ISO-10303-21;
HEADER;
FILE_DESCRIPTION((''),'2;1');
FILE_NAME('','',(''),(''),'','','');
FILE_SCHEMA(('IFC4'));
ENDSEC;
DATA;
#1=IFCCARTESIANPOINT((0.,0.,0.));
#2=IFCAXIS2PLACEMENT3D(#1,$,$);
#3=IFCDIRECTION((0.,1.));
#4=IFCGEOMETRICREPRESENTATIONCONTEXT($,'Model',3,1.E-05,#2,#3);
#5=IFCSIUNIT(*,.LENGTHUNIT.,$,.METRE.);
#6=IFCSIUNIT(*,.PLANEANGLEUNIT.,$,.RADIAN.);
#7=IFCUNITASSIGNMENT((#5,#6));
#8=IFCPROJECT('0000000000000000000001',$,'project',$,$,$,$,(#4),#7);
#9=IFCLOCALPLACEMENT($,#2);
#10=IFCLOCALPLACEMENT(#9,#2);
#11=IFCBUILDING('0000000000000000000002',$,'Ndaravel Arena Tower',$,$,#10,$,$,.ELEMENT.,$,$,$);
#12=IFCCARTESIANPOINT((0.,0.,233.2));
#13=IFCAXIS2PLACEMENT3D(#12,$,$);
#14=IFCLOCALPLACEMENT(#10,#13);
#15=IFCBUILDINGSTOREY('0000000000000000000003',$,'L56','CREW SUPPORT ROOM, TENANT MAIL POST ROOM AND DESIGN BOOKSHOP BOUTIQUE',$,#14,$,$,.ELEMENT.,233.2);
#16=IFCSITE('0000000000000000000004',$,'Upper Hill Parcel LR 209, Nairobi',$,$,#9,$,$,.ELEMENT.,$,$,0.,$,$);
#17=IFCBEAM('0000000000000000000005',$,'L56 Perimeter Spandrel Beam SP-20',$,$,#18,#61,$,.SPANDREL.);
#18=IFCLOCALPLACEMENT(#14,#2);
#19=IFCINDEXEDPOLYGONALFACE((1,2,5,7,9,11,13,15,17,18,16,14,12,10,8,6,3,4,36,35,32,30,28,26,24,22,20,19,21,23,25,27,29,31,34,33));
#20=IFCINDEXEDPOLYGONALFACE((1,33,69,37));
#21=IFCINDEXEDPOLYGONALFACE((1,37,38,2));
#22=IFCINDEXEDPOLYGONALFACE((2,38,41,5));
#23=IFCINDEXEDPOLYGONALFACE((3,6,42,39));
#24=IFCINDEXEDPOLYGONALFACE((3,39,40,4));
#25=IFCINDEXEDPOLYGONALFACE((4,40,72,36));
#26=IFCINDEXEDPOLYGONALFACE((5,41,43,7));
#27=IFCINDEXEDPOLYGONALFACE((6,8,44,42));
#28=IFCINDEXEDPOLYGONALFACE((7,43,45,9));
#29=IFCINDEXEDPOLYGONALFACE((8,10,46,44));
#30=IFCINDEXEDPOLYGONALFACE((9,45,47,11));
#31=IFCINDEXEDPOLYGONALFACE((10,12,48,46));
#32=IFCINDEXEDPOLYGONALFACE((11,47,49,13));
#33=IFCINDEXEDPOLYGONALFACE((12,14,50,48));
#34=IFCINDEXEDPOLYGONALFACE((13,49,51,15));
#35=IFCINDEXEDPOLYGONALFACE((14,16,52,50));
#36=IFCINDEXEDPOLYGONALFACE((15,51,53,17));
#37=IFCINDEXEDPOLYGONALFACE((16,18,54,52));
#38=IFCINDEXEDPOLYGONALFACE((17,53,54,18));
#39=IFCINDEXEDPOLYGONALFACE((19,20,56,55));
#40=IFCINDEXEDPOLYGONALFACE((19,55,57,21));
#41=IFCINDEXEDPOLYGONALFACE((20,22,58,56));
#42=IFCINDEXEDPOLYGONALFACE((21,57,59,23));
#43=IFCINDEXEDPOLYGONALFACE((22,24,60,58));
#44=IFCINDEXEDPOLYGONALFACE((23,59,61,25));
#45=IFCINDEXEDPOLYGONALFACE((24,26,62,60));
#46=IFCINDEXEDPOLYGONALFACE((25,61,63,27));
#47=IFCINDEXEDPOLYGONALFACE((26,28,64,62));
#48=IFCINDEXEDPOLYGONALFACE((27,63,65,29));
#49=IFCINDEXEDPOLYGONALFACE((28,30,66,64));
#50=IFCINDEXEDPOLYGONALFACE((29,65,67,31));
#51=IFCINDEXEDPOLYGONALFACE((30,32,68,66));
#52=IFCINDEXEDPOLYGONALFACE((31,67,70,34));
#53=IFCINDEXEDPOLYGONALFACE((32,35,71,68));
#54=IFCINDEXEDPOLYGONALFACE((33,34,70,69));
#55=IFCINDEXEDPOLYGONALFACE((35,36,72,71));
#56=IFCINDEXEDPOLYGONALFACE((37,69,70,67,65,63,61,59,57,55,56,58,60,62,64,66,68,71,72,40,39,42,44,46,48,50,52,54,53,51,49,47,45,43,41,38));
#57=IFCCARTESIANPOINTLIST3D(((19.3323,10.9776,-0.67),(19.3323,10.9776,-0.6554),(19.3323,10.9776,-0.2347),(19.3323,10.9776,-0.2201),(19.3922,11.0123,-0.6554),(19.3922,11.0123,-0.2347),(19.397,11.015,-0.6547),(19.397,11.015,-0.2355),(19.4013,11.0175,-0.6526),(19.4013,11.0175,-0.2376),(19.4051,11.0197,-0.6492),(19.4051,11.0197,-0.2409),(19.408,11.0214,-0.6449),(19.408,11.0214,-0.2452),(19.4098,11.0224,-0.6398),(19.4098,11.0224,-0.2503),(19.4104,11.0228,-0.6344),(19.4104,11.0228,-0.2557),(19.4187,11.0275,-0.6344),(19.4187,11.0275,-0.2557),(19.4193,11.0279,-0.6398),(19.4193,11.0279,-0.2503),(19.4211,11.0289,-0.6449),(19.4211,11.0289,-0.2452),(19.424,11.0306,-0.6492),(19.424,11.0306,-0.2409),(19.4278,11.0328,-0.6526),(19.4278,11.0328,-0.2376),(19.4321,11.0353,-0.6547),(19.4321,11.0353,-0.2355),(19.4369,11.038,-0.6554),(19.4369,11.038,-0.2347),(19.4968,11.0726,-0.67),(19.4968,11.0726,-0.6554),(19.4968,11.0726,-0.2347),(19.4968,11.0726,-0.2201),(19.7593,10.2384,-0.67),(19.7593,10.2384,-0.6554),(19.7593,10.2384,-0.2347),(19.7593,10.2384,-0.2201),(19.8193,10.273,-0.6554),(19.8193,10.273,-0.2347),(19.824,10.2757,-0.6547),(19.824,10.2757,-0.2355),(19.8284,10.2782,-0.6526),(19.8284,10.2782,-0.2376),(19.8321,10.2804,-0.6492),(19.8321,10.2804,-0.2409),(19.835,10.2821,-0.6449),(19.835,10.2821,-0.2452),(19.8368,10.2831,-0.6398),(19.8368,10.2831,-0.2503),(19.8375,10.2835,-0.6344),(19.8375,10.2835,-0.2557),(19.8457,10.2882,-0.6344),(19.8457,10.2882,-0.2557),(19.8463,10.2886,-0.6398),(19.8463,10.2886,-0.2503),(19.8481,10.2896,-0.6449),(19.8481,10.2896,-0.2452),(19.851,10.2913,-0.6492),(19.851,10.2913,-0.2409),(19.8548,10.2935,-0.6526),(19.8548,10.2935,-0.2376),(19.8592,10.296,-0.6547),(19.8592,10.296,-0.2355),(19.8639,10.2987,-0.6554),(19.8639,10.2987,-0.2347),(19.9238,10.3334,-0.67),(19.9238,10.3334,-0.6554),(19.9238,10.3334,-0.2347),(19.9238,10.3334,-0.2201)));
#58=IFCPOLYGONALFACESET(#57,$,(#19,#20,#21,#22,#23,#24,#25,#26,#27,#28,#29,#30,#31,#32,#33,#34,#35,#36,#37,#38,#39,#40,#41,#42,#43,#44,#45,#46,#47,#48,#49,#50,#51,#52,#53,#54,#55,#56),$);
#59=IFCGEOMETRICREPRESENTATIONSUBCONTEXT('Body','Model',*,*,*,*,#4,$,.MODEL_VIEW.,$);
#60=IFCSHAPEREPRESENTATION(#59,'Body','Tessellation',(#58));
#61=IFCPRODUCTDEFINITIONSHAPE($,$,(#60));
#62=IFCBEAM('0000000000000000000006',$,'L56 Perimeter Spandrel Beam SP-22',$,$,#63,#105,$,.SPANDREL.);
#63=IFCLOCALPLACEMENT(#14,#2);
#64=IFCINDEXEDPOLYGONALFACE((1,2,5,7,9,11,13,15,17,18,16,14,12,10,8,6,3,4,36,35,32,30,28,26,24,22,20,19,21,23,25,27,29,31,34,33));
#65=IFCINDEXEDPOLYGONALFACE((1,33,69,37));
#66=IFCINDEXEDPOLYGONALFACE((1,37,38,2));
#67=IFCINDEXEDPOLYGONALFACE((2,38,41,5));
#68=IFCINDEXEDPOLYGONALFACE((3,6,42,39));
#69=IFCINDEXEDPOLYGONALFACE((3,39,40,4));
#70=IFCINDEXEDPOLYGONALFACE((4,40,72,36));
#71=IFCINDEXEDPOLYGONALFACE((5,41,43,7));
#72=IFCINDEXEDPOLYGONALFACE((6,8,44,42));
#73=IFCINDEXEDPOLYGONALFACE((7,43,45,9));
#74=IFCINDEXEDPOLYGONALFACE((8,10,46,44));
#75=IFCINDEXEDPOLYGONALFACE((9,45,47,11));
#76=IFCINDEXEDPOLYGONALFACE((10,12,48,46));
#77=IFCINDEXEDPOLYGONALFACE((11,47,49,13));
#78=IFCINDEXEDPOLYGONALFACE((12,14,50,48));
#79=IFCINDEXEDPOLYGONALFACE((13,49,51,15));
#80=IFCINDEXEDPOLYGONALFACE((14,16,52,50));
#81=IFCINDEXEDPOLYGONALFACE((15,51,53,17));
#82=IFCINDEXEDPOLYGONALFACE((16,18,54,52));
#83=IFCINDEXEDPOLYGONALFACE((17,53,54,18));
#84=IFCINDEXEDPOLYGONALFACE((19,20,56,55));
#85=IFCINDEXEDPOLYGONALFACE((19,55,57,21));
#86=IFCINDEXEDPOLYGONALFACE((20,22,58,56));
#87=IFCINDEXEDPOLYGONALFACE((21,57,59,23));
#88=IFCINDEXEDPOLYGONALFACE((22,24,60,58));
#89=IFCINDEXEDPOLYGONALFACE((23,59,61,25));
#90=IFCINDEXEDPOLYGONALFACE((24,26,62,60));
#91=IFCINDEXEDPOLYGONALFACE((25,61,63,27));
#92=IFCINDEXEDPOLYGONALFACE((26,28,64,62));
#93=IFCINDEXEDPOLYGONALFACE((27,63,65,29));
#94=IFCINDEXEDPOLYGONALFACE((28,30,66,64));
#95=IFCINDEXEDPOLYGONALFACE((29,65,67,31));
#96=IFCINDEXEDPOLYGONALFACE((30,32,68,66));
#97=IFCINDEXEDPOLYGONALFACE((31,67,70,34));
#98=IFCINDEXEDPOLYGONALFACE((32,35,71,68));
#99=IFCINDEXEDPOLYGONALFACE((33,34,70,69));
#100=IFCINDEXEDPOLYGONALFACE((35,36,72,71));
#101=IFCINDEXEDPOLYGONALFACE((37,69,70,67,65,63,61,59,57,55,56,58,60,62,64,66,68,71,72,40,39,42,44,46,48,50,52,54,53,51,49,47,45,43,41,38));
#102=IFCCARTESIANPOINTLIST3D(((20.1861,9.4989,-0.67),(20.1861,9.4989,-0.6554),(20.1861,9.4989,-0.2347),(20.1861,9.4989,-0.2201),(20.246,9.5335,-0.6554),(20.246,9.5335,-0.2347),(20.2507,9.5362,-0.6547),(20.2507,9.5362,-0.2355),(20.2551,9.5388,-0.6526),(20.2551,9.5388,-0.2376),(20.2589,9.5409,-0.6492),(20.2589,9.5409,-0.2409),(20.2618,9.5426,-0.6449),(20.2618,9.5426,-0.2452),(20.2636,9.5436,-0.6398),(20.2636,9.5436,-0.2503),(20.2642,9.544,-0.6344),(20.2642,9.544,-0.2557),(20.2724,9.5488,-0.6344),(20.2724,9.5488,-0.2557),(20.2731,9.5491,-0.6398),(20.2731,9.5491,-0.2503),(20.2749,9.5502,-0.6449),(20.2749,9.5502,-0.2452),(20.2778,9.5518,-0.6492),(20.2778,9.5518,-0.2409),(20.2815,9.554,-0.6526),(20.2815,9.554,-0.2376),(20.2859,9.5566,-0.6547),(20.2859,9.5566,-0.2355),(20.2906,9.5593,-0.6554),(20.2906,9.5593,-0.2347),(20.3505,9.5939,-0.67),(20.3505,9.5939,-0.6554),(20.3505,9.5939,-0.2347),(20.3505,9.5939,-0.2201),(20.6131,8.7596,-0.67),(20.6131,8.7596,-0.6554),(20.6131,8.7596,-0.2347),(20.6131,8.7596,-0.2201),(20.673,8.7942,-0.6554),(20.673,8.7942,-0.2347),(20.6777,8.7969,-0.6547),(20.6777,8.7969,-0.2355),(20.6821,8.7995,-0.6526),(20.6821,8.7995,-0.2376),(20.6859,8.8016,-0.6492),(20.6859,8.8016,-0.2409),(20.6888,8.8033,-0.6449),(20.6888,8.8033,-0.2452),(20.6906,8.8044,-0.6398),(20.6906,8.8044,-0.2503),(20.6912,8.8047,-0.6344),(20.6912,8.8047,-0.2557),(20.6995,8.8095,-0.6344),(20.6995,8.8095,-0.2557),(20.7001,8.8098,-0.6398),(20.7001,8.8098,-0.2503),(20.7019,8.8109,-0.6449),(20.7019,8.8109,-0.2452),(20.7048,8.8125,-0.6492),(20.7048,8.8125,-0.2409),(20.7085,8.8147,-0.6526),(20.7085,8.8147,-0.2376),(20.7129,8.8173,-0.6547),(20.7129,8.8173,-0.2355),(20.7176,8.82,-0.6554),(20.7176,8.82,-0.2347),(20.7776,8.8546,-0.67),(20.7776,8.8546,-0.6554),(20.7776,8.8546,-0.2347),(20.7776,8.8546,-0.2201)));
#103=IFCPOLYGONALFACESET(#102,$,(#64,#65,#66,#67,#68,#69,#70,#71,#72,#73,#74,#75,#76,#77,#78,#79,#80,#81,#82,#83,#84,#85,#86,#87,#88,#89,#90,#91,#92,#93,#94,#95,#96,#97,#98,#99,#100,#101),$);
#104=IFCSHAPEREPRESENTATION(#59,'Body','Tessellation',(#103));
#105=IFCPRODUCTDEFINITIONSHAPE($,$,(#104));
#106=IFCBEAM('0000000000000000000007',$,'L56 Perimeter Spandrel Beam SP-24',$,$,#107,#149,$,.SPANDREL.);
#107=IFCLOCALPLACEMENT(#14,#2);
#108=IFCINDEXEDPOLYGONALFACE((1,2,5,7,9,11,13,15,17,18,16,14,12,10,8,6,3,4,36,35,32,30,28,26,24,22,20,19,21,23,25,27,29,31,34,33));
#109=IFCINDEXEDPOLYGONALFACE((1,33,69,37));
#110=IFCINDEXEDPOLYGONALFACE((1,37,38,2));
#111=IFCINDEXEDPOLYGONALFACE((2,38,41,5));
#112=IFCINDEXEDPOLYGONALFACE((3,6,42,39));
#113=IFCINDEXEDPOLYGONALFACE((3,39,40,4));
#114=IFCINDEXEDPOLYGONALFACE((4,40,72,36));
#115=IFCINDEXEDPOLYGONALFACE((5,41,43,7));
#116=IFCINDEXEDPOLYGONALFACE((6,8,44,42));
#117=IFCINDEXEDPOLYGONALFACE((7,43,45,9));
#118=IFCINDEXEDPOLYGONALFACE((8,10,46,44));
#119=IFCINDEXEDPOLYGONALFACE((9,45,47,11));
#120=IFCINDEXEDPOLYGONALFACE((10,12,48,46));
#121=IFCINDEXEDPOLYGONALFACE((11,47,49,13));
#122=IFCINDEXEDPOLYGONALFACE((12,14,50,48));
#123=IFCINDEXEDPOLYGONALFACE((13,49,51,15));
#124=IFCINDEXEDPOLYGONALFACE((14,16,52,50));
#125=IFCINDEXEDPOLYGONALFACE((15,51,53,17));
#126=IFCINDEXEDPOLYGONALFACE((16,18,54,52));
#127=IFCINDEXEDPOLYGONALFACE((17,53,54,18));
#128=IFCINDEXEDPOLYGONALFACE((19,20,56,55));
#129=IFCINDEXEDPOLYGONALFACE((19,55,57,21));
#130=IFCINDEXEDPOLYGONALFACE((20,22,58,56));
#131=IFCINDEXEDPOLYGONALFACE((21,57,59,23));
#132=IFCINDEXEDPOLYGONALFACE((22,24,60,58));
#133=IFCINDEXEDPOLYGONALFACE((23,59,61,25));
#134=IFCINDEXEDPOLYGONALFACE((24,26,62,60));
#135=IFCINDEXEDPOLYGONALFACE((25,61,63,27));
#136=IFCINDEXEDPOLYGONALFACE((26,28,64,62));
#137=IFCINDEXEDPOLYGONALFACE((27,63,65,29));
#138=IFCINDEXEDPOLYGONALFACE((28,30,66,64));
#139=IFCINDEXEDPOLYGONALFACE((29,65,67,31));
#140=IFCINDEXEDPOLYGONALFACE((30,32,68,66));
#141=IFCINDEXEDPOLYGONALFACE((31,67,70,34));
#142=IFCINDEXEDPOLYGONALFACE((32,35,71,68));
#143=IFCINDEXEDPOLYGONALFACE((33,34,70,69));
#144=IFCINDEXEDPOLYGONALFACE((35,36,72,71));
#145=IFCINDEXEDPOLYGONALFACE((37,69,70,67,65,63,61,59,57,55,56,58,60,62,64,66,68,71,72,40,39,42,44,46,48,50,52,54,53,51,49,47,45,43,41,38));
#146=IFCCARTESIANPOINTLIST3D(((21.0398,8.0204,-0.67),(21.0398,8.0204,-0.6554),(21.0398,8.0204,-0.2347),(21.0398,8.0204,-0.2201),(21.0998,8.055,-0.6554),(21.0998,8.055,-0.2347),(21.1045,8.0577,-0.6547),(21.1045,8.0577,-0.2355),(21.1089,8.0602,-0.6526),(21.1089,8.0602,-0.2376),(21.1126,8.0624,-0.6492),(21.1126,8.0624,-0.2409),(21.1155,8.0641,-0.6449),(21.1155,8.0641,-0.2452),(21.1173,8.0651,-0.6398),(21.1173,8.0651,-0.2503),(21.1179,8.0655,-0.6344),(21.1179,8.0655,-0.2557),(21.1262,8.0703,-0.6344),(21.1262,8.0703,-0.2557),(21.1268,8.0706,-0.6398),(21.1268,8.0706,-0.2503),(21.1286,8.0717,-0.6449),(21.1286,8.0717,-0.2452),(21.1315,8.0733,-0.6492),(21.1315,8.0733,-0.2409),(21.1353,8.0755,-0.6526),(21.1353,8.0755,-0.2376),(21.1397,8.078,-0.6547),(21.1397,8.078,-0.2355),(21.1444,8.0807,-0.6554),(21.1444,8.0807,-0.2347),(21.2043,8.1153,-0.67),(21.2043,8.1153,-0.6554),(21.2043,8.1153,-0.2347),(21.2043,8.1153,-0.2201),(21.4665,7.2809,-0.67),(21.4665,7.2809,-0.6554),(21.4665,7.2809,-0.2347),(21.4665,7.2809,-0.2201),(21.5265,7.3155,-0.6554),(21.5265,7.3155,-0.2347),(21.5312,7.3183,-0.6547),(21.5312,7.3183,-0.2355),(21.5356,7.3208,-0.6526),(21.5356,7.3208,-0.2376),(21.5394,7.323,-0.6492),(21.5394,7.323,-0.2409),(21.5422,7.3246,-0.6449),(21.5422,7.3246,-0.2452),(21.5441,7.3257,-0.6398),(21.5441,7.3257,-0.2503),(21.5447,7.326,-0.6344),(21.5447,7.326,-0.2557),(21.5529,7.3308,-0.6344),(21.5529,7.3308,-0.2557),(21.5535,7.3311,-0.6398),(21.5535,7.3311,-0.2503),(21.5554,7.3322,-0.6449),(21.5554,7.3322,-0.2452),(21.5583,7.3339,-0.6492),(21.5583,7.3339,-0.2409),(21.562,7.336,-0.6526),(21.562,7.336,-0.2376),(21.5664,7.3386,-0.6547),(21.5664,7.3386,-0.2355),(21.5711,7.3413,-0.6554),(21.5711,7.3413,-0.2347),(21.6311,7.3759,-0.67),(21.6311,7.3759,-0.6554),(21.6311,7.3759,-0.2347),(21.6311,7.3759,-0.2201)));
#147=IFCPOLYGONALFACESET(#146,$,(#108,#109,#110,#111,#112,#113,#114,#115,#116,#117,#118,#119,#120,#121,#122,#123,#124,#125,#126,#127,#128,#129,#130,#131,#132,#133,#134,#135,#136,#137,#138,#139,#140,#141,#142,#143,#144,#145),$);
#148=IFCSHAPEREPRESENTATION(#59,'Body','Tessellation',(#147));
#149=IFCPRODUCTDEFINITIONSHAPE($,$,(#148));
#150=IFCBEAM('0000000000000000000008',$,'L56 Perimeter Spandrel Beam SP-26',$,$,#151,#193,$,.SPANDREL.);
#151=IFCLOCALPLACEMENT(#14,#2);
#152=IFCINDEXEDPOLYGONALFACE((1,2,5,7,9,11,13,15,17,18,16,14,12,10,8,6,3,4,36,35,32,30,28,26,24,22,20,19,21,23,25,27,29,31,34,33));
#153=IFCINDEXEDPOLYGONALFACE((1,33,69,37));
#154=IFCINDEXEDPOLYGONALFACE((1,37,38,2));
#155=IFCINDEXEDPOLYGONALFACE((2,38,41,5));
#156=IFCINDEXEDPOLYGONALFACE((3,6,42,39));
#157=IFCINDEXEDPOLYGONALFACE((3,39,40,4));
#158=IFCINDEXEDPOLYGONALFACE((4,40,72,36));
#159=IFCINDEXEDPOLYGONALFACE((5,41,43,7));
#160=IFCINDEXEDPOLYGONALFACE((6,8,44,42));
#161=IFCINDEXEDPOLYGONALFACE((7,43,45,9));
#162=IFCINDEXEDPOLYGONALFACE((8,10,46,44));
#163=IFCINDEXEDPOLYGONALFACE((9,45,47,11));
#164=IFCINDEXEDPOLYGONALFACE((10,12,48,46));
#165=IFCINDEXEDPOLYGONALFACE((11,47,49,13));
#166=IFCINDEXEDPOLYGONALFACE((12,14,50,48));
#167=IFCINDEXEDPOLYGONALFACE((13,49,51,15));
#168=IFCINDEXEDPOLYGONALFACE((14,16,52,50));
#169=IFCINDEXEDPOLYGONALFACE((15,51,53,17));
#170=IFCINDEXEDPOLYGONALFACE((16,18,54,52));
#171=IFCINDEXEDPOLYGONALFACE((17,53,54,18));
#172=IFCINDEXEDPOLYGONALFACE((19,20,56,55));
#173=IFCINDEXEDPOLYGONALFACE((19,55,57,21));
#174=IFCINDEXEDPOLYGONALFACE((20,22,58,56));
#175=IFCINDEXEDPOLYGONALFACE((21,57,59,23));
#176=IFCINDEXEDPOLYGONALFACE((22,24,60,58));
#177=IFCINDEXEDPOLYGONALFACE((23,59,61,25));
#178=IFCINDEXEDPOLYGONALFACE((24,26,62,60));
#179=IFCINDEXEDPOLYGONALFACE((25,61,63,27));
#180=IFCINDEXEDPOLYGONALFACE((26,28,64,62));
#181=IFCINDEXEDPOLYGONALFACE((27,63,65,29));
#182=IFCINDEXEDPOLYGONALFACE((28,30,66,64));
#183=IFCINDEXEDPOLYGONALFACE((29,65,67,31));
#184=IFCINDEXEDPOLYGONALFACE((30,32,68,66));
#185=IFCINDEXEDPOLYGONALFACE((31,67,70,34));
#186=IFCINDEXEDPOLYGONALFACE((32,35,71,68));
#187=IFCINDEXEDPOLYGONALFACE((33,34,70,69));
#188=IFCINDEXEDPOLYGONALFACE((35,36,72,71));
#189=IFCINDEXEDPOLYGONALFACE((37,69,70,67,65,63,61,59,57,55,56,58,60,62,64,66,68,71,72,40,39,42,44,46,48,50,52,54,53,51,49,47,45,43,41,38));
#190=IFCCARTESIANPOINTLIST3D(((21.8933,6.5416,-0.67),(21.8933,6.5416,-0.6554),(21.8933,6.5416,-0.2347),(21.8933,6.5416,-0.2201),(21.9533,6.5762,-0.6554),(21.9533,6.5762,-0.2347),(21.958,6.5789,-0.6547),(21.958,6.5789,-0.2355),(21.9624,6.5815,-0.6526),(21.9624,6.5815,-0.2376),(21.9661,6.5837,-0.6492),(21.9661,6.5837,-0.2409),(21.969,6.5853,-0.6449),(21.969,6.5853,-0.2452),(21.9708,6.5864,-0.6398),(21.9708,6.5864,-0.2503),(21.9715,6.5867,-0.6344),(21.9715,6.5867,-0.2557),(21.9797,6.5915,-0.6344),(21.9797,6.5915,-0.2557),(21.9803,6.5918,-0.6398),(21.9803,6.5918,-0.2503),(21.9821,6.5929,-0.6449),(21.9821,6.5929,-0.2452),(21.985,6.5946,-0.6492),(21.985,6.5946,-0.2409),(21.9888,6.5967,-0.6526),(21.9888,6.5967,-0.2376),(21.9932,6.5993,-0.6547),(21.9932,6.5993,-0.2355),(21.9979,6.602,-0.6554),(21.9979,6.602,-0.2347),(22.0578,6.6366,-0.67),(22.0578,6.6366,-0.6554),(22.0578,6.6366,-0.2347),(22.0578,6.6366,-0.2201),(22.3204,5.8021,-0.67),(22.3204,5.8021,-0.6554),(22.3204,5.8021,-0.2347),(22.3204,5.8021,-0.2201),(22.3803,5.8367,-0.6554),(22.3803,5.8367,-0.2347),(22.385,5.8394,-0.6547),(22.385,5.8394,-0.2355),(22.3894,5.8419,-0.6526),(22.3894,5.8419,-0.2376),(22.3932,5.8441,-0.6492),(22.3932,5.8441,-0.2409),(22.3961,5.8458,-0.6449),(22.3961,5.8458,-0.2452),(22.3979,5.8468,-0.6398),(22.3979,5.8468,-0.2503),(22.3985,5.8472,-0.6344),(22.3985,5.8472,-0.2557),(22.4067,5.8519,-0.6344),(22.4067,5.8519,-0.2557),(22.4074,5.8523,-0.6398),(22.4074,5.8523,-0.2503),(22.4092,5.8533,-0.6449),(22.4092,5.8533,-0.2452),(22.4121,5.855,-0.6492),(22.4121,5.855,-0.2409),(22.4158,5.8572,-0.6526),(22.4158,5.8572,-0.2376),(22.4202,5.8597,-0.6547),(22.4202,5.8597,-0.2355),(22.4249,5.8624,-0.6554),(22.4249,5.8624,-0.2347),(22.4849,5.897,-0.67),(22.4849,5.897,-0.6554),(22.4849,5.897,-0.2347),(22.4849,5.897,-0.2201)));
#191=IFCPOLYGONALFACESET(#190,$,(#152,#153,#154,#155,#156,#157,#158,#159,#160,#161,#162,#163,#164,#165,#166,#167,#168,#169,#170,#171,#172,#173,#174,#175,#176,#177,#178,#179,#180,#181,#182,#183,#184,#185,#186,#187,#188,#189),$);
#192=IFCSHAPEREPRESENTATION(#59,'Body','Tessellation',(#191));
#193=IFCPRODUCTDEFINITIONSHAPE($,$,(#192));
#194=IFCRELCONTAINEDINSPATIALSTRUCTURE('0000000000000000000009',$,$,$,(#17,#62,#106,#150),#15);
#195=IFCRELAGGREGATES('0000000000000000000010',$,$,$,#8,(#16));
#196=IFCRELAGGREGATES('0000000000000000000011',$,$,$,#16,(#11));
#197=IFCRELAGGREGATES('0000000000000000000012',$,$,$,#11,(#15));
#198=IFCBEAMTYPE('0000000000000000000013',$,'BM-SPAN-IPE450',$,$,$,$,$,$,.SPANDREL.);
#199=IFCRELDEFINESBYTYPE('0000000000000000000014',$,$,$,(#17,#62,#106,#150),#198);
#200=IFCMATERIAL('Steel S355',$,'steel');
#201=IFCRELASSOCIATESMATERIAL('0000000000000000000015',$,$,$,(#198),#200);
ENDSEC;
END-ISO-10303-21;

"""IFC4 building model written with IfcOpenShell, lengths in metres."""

from ifc_helpers import new_model, si_unit, direction, frame, origin, origin_2d, place, context, subcontext, project, spatial, i_section, extrude, material, material_profile, profile_set, type_object, element, save


model = new_model("IFC4")

# Units and contexts
model_context = context("Model", 3, precision=1e-05, world=origin(), true_north=direction((0.0, 1.0)))
body_context = subcontext(model_context, "Body", "Model", "MODEL_VIEW")
ifc_project = project(units=[si_unit("LENGTHUNIT", "METRE"), si_unit("PLANEANGLEUNIT", "RADIAN")], contexts=[model_context])

# Site, building, storey
site_placement = place(None, origin())
site = spatial("IfcSite", under=ifc_project, at=site_placement, Name="Upper Hill Parcel LR 209, Nairobi", CompositionType="ELEMENT", RefElevation=0.0)
building_placement = place(site_placement, origin())
building = spatial("IfcBuilding", under=site, at=building_placement, Name="Ndaravel Arena Tower", CompositionType="ELEMENT")
storey_placement = place(building_placement, frame((0.0, 0.0, 233.2)))
storey = spatial("IfcBuildingStorey", under=building, at=storey_placement, Name="L56", Description="CREW SUPPORT ROOM, TENANT MAIL POST ROOM AND DESIGN BOOKSHOP BOUTIQUE", CompositionType="ELEMENT", Elevation=233.2)

# Beams
ifc_material_1 = material(Name="Steel S355", Category="steel")
ifc_material_profile_1 = material_profile(ifc_material_1, i_section(OverallWidth=0.1899, OverallDepth=0.45, WebThickness=0.0095, FlangeThickness=0.0146, FilletRadius=0.021, at=origin_2d()), Name="IPE 450")
ifc_profile_set_1 = profile_set([ifc_material_profile_1], Name="Steel S355")
beam_type = type_object("IfcBeamType", Name="BM-SPAN-IPE450", PredefinedType="SPANDREL", material=ifc_profile_set_1)
for number, where, z_axis, x_axis, name in (
    (1, (19.4146, 11.0251, -0.4451), (0.500168, -0.865928, 0.0), (0.865928, 0.500168, 0.0), "L56 Perimeter Spandrel Beam SP-20"),
    (2, (20.2683, 9.5464, -0.4451), (0.500168, -0.865928, 0.0), (0.865928, 0.500168, 0.0), "L56 Perimeter Spandrel Beam SP-22"),
    (3, (21.1221, 8.0679, -0.4451), (0.49983, -0.866124, 0.0), (0.866124, 0.49983, 0.0), "L56 Perimeter Spandrel Beam SP-24"),
):
    element("IfcBeam", number, at=place(storey_placement, frame(where, z_axis=z_axis, x_axis=x_axis)), inside=storey, type_object=beam_type, Name=name, PredefinedType="SPANDREL", context=body_context, shape_type="SweptSolid", body=[
        extrude(i_section(OverallWidth=0.1899, OverallDepth=0.45, WebThickness=0.0095, FlangeThickness=0.0146, FilletRadius=0.021, at=origin_2d()), origin(), (0.0, 0.0, 1.0), 0.8538),
    ])
beam_1_placement = place(storey_placement, frame((21.9756, 6.5891, -0.4451), z_axis=(0.500044, -0.866, 0.0), x_axis=(0.866, 0.500044, 0.0)))
element("IfcBeam", 4, at=beam_1_placement, inside=storey, type_object=beam_type, Name="L56 Perimeter Spandrel Beam SP-26", PredefinedType="SPANDREL", context=body_context, shape_type="SweptSolid", body=[
    extrude(i_section(OverallWidth=0.1899, OverallDepth=0.45, WebThickness=0.0095, FlangeThickness=0.0146, FilletRadius=0.021, at=origin_2d()), origin(), (0.0, 0.0, 1.0), 0.854),
])

save(model, "model.ifc")
